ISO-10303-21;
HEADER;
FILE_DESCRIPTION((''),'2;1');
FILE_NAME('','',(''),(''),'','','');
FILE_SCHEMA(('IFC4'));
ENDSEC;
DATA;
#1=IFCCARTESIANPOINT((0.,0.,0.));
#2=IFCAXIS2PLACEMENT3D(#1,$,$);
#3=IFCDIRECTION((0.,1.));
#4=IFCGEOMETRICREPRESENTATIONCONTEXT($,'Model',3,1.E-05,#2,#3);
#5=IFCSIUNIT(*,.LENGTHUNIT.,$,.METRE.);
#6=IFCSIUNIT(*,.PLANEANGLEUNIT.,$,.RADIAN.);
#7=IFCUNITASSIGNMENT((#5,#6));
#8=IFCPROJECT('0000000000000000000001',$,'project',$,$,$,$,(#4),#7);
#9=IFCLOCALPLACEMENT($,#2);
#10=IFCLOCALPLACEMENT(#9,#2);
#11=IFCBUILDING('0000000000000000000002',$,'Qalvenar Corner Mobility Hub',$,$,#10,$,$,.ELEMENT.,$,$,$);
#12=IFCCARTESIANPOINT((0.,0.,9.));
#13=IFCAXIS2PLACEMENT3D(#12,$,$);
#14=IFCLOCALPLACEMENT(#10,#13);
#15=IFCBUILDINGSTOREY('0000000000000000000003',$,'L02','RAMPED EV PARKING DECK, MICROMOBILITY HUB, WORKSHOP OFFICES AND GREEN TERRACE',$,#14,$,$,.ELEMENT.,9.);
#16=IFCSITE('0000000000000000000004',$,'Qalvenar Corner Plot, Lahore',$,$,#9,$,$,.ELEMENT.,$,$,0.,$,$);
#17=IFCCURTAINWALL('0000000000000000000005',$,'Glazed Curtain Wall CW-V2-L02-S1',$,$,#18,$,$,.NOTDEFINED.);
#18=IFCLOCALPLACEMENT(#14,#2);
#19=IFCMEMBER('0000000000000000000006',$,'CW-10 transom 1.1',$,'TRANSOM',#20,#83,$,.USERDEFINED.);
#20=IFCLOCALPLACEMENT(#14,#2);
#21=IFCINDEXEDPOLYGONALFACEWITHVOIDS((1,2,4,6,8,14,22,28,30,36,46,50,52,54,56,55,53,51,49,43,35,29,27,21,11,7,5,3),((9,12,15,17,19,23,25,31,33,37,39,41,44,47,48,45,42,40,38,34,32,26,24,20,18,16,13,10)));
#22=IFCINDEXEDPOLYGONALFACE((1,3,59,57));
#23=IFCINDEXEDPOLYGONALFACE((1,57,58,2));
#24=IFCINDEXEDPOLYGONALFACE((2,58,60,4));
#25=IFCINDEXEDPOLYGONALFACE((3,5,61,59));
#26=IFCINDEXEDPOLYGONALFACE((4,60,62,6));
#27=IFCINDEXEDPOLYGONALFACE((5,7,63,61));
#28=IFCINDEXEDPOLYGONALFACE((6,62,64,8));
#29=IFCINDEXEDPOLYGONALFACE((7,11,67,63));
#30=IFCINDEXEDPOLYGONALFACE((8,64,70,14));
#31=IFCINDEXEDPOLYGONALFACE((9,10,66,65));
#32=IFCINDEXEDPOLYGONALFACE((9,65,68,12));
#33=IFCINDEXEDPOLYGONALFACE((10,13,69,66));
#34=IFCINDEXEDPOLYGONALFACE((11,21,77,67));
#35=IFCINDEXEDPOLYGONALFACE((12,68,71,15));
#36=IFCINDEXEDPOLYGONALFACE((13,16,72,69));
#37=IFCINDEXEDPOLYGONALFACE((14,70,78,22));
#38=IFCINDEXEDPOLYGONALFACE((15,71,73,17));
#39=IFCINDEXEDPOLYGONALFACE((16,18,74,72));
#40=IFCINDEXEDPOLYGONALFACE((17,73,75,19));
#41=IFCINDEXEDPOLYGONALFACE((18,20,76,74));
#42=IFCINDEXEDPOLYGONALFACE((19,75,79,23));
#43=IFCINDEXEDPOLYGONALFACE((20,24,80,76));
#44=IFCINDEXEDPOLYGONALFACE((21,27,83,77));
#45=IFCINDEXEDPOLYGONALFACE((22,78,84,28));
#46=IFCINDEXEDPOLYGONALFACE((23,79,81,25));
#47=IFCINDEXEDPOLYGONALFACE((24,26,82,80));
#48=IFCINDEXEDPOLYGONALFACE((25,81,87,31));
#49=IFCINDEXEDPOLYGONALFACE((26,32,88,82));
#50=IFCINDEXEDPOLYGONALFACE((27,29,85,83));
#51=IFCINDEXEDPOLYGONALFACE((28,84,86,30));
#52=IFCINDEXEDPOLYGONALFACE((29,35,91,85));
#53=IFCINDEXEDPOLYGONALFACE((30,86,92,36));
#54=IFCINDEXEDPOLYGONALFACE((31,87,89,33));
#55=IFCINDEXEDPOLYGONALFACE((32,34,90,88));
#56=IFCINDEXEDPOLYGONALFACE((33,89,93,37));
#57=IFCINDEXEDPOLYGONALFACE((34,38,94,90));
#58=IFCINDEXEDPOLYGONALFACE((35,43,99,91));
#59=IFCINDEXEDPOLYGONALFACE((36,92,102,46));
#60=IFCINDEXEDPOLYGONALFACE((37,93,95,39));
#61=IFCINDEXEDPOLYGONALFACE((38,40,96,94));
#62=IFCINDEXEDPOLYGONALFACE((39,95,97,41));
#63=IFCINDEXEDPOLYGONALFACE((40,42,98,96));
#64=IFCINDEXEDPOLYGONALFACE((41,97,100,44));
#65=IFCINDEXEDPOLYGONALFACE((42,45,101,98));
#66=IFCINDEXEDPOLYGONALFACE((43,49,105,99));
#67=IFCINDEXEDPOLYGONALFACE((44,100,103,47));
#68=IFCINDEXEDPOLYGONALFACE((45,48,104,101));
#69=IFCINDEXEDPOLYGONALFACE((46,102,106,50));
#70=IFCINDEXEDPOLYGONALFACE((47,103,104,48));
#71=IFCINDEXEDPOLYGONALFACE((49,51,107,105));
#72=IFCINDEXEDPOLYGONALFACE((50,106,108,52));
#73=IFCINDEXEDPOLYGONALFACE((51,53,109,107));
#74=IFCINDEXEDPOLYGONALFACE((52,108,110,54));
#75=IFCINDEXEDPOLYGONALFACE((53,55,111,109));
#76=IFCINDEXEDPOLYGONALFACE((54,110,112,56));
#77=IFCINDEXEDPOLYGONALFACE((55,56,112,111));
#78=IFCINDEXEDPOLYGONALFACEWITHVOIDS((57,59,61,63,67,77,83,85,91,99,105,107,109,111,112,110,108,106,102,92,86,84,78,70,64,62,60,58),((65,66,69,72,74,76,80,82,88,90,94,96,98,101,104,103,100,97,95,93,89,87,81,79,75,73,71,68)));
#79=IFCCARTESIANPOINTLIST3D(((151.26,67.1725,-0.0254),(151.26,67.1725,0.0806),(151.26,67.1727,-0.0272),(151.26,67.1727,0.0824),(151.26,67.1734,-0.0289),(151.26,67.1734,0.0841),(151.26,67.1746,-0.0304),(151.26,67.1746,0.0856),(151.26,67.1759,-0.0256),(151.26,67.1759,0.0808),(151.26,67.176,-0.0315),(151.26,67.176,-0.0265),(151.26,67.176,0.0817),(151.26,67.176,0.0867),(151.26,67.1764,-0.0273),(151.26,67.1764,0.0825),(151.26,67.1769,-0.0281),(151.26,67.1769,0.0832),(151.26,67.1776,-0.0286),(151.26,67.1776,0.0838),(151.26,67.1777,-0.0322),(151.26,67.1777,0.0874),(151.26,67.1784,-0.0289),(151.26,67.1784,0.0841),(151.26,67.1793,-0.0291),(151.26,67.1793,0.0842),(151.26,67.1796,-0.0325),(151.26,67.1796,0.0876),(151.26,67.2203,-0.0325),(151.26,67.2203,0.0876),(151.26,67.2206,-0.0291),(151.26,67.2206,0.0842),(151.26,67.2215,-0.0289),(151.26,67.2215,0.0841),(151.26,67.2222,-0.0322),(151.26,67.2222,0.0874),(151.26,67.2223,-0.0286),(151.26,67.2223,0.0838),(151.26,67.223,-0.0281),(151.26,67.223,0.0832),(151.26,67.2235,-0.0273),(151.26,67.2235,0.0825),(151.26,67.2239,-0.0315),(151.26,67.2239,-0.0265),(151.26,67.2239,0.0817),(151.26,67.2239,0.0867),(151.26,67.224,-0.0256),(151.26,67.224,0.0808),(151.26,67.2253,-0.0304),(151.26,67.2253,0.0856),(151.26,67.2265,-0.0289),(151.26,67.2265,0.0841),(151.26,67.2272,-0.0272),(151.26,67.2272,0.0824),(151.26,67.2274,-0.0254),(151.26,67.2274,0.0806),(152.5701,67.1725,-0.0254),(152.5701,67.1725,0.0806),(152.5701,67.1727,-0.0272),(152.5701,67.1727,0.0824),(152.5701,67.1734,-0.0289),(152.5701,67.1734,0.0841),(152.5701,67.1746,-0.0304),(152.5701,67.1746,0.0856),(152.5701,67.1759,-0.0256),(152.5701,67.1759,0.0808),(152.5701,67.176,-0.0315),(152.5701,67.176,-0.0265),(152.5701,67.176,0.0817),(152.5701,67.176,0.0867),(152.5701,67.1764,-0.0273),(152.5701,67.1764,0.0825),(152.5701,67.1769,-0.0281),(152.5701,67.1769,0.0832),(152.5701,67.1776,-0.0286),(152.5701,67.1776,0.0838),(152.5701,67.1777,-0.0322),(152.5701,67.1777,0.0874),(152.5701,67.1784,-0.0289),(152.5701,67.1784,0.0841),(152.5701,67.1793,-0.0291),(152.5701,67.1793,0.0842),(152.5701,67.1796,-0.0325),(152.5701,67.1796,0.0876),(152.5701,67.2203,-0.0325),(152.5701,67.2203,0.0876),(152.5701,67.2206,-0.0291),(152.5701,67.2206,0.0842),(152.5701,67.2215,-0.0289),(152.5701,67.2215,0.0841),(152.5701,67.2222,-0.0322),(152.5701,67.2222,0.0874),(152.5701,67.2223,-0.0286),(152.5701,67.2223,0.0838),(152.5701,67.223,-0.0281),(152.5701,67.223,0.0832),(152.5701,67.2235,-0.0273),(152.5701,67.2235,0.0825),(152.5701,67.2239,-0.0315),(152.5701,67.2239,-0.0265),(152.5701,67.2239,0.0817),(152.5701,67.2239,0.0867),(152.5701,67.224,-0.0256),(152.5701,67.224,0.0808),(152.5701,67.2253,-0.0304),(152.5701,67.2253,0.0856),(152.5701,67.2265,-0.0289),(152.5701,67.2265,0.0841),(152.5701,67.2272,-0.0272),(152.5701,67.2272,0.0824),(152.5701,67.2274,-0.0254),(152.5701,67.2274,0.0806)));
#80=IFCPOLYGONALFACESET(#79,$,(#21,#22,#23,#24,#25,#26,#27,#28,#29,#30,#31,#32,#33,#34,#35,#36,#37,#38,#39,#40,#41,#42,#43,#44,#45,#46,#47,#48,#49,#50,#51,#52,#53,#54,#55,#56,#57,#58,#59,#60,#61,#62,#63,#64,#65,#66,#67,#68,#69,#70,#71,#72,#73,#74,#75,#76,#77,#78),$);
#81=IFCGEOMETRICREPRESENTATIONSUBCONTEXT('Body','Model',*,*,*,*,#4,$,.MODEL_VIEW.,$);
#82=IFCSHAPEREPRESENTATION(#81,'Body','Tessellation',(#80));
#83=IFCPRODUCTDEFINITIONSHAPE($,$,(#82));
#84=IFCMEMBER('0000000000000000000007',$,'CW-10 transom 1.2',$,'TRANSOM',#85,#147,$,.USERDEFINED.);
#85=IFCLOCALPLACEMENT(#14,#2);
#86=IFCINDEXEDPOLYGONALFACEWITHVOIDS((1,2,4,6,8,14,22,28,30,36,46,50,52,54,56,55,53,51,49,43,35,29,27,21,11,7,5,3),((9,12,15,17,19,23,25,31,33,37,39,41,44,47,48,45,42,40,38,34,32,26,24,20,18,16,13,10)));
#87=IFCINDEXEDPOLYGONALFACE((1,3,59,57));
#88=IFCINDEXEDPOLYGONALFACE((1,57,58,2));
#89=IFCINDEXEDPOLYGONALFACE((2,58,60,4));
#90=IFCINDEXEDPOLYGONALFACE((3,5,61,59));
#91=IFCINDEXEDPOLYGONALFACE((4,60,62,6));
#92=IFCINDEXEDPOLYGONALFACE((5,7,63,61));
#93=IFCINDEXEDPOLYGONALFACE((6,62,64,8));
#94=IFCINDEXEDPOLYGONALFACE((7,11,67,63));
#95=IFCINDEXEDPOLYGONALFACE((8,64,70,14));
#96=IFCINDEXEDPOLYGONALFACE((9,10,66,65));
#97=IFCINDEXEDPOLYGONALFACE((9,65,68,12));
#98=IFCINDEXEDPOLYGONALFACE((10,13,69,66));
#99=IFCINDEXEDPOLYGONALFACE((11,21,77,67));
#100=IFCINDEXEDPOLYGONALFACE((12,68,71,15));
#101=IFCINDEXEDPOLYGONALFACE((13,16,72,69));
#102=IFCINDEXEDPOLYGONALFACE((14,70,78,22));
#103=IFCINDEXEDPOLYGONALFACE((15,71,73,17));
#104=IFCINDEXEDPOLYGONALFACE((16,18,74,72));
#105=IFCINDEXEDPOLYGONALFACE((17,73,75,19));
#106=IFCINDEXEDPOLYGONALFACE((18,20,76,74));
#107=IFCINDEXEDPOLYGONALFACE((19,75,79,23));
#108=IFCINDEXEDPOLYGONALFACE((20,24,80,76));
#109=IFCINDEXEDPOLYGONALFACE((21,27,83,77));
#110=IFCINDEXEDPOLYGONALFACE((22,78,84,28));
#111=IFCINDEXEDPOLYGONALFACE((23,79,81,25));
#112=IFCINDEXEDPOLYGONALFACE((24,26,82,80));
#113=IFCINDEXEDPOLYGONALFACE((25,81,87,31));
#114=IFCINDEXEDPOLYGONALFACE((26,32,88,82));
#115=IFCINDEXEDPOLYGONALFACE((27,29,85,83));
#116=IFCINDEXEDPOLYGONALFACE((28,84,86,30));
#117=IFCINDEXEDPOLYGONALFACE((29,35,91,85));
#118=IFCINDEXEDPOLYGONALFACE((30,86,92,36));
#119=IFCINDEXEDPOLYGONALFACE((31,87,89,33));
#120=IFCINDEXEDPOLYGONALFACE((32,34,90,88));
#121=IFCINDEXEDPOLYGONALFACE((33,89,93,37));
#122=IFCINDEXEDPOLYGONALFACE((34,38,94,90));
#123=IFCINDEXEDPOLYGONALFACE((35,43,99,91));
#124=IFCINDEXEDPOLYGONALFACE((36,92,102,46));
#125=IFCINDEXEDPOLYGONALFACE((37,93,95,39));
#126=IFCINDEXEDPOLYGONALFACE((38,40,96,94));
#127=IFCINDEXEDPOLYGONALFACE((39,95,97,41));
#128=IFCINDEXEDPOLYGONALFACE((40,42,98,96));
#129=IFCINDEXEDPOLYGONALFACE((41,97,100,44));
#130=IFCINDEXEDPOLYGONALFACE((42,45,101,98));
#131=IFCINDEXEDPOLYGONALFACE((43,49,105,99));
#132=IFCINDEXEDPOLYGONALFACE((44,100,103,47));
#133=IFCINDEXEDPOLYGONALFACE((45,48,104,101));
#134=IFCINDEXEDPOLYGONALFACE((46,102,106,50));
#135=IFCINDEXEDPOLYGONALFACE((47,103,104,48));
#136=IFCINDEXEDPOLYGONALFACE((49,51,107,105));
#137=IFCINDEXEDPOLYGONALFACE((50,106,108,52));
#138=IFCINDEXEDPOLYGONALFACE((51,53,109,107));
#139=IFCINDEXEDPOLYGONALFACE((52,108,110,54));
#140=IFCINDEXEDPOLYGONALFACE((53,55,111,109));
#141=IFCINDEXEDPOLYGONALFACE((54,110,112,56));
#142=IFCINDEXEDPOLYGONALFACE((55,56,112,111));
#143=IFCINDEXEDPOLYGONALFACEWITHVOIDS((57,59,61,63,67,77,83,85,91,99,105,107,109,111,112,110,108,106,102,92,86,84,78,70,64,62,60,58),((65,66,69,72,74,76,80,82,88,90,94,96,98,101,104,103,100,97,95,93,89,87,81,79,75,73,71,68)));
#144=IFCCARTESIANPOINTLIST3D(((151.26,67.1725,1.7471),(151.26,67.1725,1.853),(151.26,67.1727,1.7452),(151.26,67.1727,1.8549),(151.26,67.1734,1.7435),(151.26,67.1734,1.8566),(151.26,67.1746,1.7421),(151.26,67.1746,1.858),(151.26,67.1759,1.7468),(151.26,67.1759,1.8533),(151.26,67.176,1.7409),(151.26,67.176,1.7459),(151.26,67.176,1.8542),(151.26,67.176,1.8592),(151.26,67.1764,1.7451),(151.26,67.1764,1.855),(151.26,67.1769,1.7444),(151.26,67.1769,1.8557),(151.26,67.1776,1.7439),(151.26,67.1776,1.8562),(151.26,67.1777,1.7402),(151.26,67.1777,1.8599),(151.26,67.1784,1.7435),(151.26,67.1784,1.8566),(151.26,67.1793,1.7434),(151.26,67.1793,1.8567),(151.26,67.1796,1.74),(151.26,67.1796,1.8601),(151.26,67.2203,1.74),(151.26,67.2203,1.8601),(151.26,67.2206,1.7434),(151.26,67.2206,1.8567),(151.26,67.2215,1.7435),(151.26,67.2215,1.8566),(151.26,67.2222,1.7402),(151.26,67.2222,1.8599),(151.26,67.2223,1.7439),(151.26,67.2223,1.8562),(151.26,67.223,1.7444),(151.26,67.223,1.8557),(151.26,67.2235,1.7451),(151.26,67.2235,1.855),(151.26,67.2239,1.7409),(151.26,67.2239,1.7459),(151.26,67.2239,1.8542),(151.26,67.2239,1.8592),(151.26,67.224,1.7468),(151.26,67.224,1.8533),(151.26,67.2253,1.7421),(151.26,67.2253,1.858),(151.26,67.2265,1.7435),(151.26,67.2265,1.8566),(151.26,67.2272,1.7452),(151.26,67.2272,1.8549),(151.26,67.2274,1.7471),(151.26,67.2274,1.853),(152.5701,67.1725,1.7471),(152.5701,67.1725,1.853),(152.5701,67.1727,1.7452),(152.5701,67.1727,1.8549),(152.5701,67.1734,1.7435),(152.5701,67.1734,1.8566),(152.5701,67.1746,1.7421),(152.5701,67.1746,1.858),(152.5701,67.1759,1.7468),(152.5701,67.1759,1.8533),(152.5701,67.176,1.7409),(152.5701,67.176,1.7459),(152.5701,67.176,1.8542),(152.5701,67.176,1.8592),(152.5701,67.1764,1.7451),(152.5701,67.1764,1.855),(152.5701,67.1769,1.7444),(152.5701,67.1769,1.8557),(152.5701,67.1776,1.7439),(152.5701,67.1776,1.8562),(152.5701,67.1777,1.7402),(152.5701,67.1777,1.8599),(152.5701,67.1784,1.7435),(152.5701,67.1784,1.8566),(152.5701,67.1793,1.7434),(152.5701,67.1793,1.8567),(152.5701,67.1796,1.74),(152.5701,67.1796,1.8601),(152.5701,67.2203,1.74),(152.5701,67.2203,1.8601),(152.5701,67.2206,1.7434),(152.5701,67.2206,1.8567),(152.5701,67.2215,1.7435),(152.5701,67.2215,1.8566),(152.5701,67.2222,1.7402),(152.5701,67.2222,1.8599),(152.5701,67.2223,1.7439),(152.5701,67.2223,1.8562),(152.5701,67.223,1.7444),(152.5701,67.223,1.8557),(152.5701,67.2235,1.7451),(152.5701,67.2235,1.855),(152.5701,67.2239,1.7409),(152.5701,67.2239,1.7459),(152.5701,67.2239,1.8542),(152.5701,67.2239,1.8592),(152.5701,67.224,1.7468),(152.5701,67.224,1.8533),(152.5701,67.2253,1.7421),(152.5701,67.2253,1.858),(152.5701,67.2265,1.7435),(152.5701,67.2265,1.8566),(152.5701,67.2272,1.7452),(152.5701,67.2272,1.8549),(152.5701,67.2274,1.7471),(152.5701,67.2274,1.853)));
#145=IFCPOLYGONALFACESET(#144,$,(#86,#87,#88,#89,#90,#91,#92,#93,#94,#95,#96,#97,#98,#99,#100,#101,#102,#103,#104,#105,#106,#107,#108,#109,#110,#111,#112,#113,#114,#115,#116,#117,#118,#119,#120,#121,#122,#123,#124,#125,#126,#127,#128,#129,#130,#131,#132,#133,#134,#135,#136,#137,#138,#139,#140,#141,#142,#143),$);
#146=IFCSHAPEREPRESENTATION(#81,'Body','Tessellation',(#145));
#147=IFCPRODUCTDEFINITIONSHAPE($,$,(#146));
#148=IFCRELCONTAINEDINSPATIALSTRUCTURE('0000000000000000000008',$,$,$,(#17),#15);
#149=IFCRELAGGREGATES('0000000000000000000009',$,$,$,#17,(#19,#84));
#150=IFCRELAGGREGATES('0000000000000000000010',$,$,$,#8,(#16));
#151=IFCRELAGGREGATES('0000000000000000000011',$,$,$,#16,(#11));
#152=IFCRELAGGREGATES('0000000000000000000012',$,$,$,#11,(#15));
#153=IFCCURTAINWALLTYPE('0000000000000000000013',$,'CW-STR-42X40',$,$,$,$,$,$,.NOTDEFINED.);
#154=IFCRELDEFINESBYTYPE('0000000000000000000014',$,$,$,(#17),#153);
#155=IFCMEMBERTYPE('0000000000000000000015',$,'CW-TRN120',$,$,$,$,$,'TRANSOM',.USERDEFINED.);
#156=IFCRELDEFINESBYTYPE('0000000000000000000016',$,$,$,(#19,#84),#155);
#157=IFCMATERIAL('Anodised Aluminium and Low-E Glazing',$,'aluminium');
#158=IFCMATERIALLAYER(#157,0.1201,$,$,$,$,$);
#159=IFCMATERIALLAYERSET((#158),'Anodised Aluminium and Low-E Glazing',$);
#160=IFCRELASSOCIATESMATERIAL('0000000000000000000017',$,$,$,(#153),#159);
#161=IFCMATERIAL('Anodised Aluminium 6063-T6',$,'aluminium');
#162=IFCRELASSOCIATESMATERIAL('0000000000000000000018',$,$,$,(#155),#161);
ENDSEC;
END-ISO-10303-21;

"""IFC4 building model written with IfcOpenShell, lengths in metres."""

from ifc_helpers import new_model, si_unit, direction, frame, origin, origin_2d, place, context, subcontext, project, spatial, hollow_rectangle, extrude, material, layer, layer_set, material_profile, profile_set, type_object, element, aggregate, save


model = new_model("IFC4")

# Units and contexts
model_context = context("Model", 3, precision=1e-05, world=origin(), true_north=direction((0.0, 1.0)))
body_context = subcontext(model_context, "Body", "Model", "MODEL_VIEW")
ifc_project = project(units=[si_unit("LENGTHUNIT", "METRE"), si_unit("PLANEANGLEUNIT", "RADIAN")], contexts=[model_context])

# Site, building, storey
site_placement = place(None, origin())
site = spatial("IfcSite", under=ifc_project, at=site_placement, Name="Qalvenar Corner Plot, Lahore", CompositionType="ELEMENT", RefElevation=0.0)
building_placement = place(site_placement, origin())
building = spatial("IfcBuilding", under=site, at=building_placement, Name="Qalvenar Corner Mobility Hub", CompositionType="ELEMENT")
storey_placement = place(building_placement, frame((0.0, 0.0, 9.0)))
storey = spatial("IfcBuildingStorey", under=building, at=storey_placement, Name="L02", Description="RAMPED EV PARKING DECK, MICROMOBILITY HUB, WORKSHOP OFFICES AND GREEN TERRACE", CompositionType="ELEMENT", Elevation=9.0)

# Curtain wall, members
ifc_material_1 = material(Name="Anodised Aluminium and Low-E Glazing", Category="aluminium")
ifc_layer_1 = layer(ifc_material_1, 0.1201)
ifc_layer_set_1 = layer_set([ifc_layer_1], Name="Anodised Aluminium and Low-E Glazing")
curtain_wall_type = type_object("IfcCurtainWallType", Name="CW-STR-42X40", PredefinedType="NOTDEFINED", material=ifc_layer_set_1)
curtain_wall_placement = place(storey_placement, origin())
curtain_wall = element("IfcCurtainWall", 1, at=curtain_wall_placement, inside=storey, type_object=curtain_wall_type, Name="Glazed Curtain Wall CW-V2-L02-S1", PredefinedType="NOTDEFINED")
ifc_material_2 = material(Name="Anodised Aluminium 6063-T6", Category="aluminium")
ifc_material_profile_1 = material_profile(ifc_material_2, hollow_rectangle(XDim=0.0549, YDim=0.1201, WallThickness=0.0034, InnerFilletRadius=0.0034, OuterFilletRadius=0.0071, at=origin_2d()), Name="RHS120x55x3.5")
ifc_profile_set_1 = profile_set([ifc_material_profile_1], Name="Anodised Aluminium 6063-T6")
member_type_1 = type_object("IfcMemberType", Name="CW-TRN120", ElementType="TRANSOM", PredefinedType="USERDEFINED", material=ifc_profile_set_1)
member_1_placement = place(storey_placement, frame((151.26, 67.2, 0.0276), z_axis=(1.0, 0.0, 0.0), x_axis=(0.0, 1.0, 0.0)))
member_1 = element("IfcMember", 2, at=member_1_placement, type_object=member_type_1, Name="CW-10 transom 1.1", ObjectType="TRANSOM", PredefinedType="USERDEFINED", context=body_context, shape_type="SweptSolid", body=[
    extrude(hollow_rectangle(XDim=0.0549, YDim=0.1201, WallThickness=0.0034, InnerFilletRadius=0.0034, OuterFilletRadius=0.0071, at=origin_2d()), origin(), (0.0, 0.0, 1.0), 1.3101),
])
member_2_placement = place(storey_placement, frame((151.26, 67.2, 1.8), z_axis=(1.0, 0.0, 0.0), x_axis=(0.0, 1.0, 0.0)))
member_2 = element("IfcMember", 3, at=member_2_placement, type_object=member_type_1, Name="CW-10 transom 1.2", ObjectType="TRANSOM", PredefinedType="USERDEFINED", context=body_context, shape_type="SweptSolid", body=[
    extrude(hollow_rectangle(XDim=0.0549, YDim=0.1201, WallThickness=0.0034, InnerFilletRadius=0.0034, OuterFilletRadius=0.0071, at=origin_2d()), origin(), (0.0, 0.0, 1.0), 1.3101),
])
aggregate(curtain_wall, [member_1, member_2])

save(model, "model.ifc")
